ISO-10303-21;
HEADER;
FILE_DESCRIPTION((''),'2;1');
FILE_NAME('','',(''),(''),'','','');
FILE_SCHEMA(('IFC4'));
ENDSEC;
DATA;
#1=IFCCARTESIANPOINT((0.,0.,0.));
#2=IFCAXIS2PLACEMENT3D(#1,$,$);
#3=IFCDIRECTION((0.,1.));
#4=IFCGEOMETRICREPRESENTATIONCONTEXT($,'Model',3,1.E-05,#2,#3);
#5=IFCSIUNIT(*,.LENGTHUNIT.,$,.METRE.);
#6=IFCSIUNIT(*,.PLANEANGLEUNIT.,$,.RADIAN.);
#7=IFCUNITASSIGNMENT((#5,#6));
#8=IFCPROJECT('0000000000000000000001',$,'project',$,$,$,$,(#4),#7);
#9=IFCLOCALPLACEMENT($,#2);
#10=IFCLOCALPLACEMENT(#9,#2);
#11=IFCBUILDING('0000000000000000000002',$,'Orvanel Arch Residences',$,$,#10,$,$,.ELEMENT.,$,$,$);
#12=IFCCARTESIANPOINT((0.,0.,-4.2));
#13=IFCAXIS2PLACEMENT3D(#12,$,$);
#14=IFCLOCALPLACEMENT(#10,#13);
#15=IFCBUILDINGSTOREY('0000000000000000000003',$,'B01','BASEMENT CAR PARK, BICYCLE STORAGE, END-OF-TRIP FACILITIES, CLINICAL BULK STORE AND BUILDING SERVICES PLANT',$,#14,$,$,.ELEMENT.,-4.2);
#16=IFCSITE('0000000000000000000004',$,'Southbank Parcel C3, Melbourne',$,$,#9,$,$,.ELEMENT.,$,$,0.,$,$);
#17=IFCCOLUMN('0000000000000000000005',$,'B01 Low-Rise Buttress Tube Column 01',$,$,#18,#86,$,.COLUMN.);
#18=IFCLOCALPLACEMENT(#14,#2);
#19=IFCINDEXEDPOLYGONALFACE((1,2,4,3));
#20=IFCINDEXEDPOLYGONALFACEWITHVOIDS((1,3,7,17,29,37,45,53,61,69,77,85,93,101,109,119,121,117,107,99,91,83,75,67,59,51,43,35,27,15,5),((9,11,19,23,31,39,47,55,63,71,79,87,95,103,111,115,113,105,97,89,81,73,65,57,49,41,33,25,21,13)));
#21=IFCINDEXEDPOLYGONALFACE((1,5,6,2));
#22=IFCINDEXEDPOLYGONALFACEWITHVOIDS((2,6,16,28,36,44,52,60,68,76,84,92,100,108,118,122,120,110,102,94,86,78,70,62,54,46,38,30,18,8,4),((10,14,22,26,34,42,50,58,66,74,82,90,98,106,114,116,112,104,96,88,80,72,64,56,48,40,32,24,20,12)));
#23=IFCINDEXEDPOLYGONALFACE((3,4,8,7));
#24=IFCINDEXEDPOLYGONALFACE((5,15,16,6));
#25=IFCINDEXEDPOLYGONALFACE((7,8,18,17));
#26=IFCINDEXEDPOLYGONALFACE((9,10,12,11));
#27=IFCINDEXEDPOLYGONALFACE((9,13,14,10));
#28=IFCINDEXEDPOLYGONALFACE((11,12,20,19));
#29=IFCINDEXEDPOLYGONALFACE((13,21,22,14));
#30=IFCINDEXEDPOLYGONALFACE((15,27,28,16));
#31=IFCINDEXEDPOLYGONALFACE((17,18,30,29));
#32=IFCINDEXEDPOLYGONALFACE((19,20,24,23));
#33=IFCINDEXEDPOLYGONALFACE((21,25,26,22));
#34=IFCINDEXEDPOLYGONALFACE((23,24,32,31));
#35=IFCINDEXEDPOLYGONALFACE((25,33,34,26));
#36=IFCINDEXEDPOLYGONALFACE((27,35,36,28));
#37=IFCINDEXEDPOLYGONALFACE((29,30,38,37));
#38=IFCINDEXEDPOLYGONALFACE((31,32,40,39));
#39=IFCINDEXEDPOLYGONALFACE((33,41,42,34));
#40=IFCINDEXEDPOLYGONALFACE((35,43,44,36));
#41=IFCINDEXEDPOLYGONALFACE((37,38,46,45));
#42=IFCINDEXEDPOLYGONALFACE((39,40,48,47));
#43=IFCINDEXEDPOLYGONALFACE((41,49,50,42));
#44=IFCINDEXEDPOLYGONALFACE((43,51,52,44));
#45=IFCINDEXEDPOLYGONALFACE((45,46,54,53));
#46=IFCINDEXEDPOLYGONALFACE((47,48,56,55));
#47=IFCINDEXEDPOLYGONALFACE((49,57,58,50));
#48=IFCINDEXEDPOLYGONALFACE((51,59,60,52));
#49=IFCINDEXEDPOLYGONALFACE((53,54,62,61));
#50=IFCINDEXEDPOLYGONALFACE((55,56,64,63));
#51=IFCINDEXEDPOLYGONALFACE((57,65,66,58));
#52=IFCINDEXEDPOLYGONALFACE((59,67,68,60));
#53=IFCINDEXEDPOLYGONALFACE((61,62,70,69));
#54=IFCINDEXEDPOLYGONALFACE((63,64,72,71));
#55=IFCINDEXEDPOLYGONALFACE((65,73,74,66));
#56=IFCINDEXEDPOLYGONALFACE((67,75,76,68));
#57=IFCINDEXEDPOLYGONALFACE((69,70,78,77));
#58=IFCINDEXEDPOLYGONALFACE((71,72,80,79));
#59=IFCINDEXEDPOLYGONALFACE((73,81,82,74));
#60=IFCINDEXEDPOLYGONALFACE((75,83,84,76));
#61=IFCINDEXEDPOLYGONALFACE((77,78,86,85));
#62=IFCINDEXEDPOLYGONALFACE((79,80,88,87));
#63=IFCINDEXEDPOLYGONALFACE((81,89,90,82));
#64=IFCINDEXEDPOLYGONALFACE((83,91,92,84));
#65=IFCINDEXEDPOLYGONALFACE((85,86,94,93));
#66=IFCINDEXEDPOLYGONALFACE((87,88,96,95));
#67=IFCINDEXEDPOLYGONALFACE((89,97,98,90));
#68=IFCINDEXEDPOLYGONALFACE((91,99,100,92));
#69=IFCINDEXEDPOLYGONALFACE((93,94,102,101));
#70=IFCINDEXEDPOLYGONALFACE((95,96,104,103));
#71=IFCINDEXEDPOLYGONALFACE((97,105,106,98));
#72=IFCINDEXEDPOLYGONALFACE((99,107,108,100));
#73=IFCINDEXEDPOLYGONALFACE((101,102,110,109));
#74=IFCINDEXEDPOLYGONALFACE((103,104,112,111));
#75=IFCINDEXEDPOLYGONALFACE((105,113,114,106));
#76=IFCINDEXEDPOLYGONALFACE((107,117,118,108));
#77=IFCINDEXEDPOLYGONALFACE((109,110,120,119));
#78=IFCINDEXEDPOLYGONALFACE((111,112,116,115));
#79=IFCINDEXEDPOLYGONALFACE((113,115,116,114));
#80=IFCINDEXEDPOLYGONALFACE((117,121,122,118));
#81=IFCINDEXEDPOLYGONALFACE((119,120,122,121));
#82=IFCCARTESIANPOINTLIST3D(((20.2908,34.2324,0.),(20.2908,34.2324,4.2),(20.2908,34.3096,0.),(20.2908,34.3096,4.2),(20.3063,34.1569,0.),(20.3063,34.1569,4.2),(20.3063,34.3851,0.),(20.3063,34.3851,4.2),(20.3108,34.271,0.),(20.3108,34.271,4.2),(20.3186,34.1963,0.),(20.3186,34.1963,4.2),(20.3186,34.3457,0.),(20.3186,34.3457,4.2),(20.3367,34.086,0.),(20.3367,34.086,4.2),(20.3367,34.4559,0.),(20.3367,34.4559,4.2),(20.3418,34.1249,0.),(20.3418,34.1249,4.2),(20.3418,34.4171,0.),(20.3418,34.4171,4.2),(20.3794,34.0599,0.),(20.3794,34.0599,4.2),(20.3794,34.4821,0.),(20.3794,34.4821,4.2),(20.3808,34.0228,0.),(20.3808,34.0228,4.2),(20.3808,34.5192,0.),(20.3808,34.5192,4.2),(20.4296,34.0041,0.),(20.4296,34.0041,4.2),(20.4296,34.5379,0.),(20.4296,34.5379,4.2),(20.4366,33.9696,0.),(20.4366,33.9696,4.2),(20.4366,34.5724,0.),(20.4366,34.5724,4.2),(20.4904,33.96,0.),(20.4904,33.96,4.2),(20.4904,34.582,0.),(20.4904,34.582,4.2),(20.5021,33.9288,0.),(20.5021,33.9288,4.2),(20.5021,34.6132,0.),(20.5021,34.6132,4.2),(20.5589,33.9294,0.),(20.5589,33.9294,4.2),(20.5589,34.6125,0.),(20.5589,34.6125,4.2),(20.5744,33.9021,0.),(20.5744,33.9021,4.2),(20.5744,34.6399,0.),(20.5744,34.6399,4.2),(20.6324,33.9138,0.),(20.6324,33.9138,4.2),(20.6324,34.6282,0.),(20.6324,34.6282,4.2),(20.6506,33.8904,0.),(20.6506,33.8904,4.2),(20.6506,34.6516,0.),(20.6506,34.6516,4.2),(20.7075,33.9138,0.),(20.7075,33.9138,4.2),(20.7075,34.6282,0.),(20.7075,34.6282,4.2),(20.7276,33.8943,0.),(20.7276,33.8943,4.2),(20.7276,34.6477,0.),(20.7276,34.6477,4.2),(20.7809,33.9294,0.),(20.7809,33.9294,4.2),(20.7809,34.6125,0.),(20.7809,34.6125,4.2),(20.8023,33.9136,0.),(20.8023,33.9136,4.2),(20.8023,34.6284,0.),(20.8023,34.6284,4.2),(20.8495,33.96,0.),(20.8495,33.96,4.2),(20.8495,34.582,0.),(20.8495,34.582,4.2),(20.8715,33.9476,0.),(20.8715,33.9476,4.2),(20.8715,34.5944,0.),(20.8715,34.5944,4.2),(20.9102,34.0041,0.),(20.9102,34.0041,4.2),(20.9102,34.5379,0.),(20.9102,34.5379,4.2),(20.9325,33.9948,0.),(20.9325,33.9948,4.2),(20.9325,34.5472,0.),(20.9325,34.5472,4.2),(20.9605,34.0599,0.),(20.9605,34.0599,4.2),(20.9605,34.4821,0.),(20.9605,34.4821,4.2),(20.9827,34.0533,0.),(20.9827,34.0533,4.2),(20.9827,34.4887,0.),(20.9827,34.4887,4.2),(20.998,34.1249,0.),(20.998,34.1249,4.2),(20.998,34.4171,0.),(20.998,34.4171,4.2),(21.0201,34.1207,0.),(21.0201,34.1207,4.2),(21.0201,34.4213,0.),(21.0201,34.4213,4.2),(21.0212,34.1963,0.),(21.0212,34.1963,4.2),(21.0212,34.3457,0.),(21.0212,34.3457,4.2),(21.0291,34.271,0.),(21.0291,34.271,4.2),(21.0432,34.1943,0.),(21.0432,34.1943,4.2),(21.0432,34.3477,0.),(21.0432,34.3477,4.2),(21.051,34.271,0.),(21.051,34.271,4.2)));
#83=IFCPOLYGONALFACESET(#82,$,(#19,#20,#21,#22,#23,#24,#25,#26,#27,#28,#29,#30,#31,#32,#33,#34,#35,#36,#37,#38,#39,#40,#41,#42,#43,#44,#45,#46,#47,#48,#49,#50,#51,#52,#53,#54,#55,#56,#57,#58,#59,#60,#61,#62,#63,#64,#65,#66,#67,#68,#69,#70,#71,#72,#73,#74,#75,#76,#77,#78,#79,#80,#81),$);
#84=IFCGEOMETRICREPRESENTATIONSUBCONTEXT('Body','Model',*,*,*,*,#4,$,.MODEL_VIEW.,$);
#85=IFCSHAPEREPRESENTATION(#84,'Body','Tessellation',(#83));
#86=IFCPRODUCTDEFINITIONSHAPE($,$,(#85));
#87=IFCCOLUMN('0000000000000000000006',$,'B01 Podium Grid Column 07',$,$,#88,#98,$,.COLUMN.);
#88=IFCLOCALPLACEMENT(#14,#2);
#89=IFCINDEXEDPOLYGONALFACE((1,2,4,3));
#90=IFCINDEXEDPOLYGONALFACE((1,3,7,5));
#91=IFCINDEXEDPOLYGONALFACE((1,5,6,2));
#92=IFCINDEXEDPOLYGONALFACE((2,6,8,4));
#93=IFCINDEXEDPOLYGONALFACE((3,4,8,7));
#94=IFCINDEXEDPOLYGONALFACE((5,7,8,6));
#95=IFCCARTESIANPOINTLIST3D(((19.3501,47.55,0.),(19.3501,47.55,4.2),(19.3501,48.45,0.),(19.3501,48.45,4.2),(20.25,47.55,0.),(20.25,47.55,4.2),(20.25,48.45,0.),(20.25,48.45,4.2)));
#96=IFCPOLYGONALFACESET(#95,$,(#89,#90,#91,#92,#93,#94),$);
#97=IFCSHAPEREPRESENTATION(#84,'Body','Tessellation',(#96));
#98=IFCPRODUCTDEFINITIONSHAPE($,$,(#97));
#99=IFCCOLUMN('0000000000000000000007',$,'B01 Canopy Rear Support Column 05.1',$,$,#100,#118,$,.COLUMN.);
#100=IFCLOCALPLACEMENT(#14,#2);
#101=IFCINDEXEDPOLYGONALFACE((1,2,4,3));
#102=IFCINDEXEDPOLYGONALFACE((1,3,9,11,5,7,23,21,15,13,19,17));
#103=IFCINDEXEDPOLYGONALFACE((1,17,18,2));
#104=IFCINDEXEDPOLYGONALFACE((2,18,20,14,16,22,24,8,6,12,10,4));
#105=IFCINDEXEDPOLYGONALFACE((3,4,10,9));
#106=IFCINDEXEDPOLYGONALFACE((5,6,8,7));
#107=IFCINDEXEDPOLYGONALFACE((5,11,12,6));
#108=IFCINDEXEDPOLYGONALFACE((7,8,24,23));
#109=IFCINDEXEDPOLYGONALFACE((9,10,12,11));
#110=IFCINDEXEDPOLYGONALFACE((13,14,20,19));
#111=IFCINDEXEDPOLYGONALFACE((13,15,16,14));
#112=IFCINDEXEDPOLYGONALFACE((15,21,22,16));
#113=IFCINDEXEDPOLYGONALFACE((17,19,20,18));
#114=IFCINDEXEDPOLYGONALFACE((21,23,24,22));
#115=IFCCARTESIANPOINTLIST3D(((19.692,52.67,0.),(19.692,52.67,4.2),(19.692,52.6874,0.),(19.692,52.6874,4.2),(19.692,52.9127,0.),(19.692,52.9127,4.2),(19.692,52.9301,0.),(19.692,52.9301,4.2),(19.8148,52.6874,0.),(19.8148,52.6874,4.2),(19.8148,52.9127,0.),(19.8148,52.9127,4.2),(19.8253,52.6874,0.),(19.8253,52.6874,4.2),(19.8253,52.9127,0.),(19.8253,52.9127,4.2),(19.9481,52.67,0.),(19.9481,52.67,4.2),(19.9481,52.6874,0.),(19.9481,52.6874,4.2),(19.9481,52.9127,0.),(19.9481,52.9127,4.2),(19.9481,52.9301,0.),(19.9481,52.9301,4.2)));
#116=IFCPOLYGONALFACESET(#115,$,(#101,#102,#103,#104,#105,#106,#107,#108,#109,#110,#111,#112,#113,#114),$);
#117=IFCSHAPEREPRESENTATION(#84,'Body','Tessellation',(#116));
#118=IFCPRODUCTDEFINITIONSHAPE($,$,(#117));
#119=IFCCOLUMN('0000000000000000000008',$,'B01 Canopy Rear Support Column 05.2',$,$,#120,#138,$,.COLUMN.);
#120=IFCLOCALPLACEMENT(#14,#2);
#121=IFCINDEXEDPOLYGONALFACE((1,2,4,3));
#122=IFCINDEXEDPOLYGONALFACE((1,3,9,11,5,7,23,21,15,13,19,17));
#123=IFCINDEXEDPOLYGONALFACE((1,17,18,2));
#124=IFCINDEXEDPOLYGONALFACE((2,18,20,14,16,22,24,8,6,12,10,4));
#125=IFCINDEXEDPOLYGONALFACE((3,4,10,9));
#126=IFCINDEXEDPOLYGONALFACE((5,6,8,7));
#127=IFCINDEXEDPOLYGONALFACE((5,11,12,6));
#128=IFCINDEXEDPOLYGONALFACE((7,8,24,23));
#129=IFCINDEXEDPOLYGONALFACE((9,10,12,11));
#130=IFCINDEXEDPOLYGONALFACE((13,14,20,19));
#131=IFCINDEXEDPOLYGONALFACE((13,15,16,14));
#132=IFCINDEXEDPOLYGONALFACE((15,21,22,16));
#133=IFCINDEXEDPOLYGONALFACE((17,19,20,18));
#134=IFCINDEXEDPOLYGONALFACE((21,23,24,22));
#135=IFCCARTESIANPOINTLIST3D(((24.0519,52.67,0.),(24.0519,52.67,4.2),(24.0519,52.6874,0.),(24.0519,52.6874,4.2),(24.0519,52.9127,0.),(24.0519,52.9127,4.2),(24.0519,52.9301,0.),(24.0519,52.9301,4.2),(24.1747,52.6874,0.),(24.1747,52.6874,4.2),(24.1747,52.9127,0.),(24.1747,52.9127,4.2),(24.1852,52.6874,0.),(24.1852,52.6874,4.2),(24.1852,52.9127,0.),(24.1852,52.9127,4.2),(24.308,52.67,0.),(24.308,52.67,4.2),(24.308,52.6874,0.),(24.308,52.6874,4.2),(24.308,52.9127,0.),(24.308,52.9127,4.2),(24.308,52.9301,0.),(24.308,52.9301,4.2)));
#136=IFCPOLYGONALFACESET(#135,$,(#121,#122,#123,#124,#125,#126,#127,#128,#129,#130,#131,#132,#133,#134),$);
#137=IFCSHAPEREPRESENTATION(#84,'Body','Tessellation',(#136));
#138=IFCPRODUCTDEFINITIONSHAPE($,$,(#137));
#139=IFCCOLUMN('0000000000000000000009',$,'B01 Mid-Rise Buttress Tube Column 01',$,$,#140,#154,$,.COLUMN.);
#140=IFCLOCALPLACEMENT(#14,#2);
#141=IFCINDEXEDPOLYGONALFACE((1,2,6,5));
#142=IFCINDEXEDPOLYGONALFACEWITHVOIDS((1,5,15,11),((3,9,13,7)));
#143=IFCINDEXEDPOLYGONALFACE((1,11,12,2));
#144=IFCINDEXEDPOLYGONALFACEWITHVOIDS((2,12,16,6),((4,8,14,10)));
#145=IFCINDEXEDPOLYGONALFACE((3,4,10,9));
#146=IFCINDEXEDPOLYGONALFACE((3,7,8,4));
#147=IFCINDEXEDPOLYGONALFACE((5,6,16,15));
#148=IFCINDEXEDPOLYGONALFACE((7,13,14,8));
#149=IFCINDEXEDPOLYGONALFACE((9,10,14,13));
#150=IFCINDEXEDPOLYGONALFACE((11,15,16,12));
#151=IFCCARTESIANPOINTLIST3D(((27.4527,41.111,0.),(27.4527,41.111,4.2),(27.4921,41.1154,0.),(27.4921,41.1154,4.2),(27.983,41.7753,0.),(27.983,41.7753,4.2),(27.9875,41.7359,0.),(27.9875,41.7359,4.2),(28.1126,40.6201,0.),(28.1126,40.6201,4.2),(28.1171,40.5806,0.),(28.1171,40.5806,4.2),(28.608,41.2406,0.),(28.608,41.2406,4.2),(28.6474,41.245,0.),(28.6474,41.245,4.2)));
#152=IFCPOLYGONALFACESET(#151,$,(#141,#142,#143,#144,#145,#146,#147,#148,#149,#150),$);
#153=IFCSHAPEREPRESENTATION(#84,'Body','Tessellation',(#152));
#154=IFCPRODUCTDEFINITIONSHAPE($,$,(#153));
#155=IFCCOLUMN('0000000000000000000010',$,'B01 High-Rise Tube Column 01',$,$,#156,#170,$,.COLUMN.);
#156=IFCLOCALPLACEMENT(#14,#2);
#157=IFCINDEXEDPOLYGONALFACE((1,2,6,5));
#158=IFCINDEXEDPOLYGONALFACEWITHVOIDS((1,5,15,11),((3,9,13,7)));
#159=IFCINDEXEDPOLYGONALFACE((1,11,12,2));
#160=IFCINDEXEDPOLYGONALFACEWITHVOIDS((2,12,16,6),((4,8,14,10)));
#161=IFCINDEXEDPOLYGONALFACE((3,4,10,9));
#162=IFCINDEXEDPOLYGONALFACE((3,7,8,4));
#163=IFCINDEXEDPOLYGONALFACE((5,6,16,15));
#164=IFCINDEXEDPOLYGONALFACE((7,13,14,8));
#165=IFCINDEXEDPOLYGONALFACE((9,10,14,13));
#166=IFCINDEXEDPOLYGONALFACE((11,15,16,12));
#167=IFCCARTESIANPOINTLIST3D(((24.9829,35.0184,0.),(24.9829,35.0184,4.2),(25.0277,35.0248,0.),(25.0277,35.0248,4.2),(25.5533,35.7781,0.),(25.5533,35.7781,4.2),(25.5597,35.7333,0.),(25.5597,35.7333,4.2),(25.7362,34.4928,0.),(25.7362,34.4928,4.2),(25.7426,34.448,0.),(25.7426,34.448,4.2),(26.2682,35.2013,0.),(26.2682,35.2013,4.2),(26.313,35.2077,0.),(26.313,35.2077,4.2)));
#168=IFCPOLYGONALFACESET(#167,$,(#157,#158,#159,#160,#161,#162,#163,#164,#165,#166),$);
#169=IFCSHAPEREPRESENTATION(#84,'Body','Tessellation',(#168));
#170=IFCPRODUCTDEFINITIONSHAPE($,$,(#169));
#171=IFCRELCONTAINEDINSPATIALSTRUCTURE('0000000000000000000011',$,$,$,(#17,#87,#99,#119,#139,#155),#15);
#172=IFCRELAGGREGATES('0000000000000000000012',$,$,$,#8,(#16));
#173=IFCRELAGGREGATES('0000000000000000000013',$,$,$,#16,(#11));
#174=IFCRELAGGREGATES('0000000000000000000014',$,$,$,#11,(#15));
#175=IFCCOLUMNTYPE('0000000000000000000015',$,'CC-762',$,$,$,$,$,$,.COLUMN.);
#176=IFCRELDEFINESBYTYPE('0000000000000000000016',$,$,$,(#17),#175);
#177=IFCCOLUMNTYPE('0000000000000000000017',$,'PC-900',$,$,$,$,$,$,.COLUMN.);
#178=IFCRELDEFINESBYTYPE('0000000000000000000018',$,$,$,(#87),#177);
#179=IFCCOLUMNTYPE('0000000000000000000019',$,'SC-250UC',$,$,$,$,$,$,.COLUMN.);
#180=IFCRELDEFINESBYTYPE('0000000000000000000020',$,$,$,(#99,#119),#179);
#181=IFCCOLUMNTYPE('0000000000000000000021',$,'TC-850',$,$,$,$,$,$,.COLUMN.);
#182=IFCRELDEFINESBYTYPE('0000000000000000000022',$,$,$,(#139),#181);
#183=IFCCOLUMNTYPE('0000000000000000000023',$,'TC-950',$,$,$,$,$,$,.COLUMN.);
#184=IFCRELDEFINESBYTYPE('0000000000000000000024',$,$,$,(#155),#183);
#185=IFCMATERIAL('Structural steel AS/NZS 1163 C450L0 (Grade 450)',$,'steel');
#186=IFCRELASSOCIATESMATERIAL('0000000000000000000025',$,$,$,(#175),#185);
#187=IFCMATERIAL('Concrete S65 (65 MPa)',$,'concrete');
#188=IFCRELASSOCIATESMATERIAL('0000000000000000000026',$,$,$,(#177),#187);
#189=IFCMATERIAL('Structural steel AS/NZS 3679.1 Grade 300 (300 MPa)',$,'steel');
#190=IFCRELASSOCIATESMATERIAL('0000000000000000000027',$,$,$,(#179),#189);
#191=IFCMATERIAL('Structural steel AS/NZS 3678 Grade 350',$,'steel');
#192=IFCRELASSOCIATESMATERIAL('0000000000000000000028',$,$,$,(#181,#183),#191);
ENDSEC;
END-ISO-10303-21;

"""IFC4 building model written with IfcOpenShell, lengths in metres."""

from ifc_helpers import new_model, si_unit, direction, frame, origin, origin_2d, place, context, subcontext, project, spatial, rectangle, hollow_rectangle, hollow_circle, i_section, extrude, material, material_profile, profile_set, type_object, element, save


model = new_model("IFC4")

# Units and contexts
model_context = context("Model", 3, precision=1e-05, world=origin(), true_north=direction((0.0, 1.0)))
body_context = subcontext(model_context, "Body", "Model", "MODEL_VIEW")
ifc_project = project(units=[si_unit("LENGTHUNIT", "METRE"), si_unit("PLANEANGLEUNIT", "RADIAN")], contexts=[model_context])

# Site, building, storey
site_placement = place(None, origin())
site = spatial("IfcSite", under=ifc_project, at=site_placement, Name="Southbank Parcel C3, Melbourne", CompositionType="ELEMENT", RefElevation=0.0)
building_placement = place(site_placement, origin())
building = spatial("IfcBuilding", under=site, at=building_placement, Name="Orvanel Arch Residences", CompositionType="ELEMENT")
storey_placement = place(building_placement, frame((0.0, 0.0, -4.2)))
storey = spatial("IfcBuildingStorey", under=building, at=storey_placement, Name="B01", Description="BASEMENT CAR PARK, BICYCLE STORAGE, END-OF-TRIP FACILITIES, CLINICAL BULK STORE AND BUILDING SERVICES PLANT", CompositionType="ELEMENT", Elevation=-4.2)

# Columns
ifc_material_1 = material(Name="Structural steel AS/NZS 1163 C450L0 (Grade 450)", Category="steel")
ifc_material_profile_1 = material_profile(ifc_material_1, hollow_circle(Radius=0.3811, WallThickness=0.022, at=origin_2d()), Name="CHS762x22")
ifc_profile_set_1 = profile_set([ifc_material_profile_1], Name="Structural steel AS/NZS 1163 C450L0 (Grade 450)")
column_type_1 = type_object("IfcColumnType", Name="CC-762", PredefinedType="COLUMN", material=ifc_profile_set_1)
column_1_placement = place(storey_placement, frame((20.6699, 34.271, 0.0), z_axis=(0.0, 0.0, 1.0), x_axis=(1.0, 0.0, 0.0)))
element("IfcColumn", 1, at=column_1_placement, inside=storey, type_object=column_type_1, Name="B01 Low-Rise Buttress Tube Column 01", PredefinedType="COLUMN", context=body_context, shape_type="SweptSolid", body=[
    extrude(hollow_circle(Radius=0.3811, WallThickness=0.022, at=origin_2d()), origin(), (0.0, 0.0, 1.0), 4.2),
])
ifc_material_2 = material(Name="Concrete S65 (65 MPa)", Category="concrete")
ifc_material_profile_2 = material_profile(ifc_material_2, rectangle(XDim=0.8999, YDim=0.8999, at=origin_2d()), Name="RC900x900")
ifc_profile_set_2 = profile_set([ifc_material_profile_2], Name="Concrete S65 (65 MPa)")
column_type_2 = type_object("IfcColumnType", Name="PC-900", PredefinedType="COLUMN", material=ifc_profile_set_2)
column_2_placement = place(storey_placement, frame((19.8, 48.0, 0.0), z_axis=(0.0, 0.0, 1.0), x_axis=(1.0, 0.0, 0.0)))
element("IfcColumn", 2, at=column_2_placement, inside=storey, type_object=column_type_2, Name="B01 Podium Grid Column 07", PredefinedType="COLUMN", context=body_context, shape_type="SweptSolid", body=[
    extrude(rectangle(XDim=0.8999, YDim=0.8999, at=origin_2d()), origin(), (0.0, 0.0, 1.0), 4.2),
])
ifc_material_3 = material(Name="Structural steel AS/NZS 3679.1 Grade 300 (300 MPa)", Category="steel")
ifc_material_profile_3 = material_profile(ifc_material_3, i_section(OverallWidth=0.2561, OverallDepth=0.26, WebThickness=0.0105, FlangeThickness=0.0173, at=origin_2d()), Name="250UC89.5")
ifc_profile_set_3 = profile_set([ifc_material_profile_3], Name="Structural steel AS/NZS 3679.1 Grade 300 (300 MPa)")
column_type_3 = type_object("IfcColumnType", Name="SC-250UC", PredefinedType="COLUMN", material=ifc_profile_set_3)
for number, where, z_axis, x_axis, name in (
    (3, (19.8201, 52.8, 0.0), (0.0, 0.0, 1.0), (1.0, 0.0, 0.0), "B01 Canopy Rear Support Column 05.1"),
    (4, (24.1799, 52.8, 0.0), (0.0, 0.0, 1.0), (1.0, 0.0, 0.0), "B01 Canopy Rear Support Column 05.2"),
):
    element("IfcColumn", number, at=place(storey_placement, frame(where, z_axis=z_axis, x_axis=x_axis)), inside=storey, type_object=column_type_3, Name=name, PredefinedType="COLUMN", context=body_context, shape_type="SweptSolid", body=[
        extrude(i_section(OverallWidth=0.2561, OverallDepth=0.26, WebThickness=0.0105, FlangeThickness=0.0173, at=origin_2d()), origin(), (0.0, 0.0, 1.0), 4.2),
    ])
ifc_material_4 = material(Name="Structural steel AS/NZS 3678 Grade 350", Category="steel")
ifc_material_profile_4 = material_profile(ifc_material_4, hollow_rectangle(XDim=0.8501, YDim=0.8501, WallThickness=0.0281, at=origin_2d()), Name="BOX850x850x28")
ifc_profile_set_4 = profile_set([ifc_material_profile_4], Name="Structural steel AS/NZS 3678 Grade 350")
column_type_4 = type_object("IfcColumnType", Name="TC-850", PredefinedType="COLUMN", material=ifc_profile_set_4)
column_3_placement = place(storey_placement, frame((28.05, 41.178, 0.0), z_axis=(0.0, 0.0, 1.0), x_axis=(0.62388, 0.78152, 0.0)))
element("IfcColumn", 5, at=column_3_placement, inside=storey, type_object=column_type_4, Name="B01 Mid-Rise Buttress Tube Column 01", PredefinedType="COLUMN", context=body_context, shape_type="SweptSolid", body=[
    extrude(hollow_rectangle(XDim=0.8501, YDim=0.8501, WallThickness=0.0281, at=origin_2d()), origin(), (0.0, 0.0, 1.0), 4.2),
])
ifc_material_profile_5 = material_profile(ifc_material_4, hollow_rectangle(XDim=0.95, YDim=0.95, WallThickness=0.032, at=origin_2d()), Name="BOX950x950x32")
ifc_profile_set_5 = profile_set([ifc_material_profile_5], Name="Structural steel AS/NZS 3678 Grade 350")
column_type_5 = type_object("IfcColumnType", Name="TC-950", PredefinedType="COLUMN", material=ifc_profile_set_5)
column_4_placement = place(storey_placement, frame((25.6479, 35.113, 0.0), z_axis=(0.0, 0.0, 1.0), x_axis=(0.60042, 0.799685, 0.0)))
element("IfcColumn", 6, at=column_4_placement, inside=storey, type_object=column_type_5, Name="B01 High-Rise Tube Column 01", PredefinedType="COLUMN", context=body_context, shape_type="SweptSolid", body=[
    extrude(hollow_rectangle(XDim=0.95, YDim=0.95, WallThickness=0.032, at=origin_2d()), origin(), (0.0, 0.0, 1.0), 4.2),
])

save(model, "model.ifc")
